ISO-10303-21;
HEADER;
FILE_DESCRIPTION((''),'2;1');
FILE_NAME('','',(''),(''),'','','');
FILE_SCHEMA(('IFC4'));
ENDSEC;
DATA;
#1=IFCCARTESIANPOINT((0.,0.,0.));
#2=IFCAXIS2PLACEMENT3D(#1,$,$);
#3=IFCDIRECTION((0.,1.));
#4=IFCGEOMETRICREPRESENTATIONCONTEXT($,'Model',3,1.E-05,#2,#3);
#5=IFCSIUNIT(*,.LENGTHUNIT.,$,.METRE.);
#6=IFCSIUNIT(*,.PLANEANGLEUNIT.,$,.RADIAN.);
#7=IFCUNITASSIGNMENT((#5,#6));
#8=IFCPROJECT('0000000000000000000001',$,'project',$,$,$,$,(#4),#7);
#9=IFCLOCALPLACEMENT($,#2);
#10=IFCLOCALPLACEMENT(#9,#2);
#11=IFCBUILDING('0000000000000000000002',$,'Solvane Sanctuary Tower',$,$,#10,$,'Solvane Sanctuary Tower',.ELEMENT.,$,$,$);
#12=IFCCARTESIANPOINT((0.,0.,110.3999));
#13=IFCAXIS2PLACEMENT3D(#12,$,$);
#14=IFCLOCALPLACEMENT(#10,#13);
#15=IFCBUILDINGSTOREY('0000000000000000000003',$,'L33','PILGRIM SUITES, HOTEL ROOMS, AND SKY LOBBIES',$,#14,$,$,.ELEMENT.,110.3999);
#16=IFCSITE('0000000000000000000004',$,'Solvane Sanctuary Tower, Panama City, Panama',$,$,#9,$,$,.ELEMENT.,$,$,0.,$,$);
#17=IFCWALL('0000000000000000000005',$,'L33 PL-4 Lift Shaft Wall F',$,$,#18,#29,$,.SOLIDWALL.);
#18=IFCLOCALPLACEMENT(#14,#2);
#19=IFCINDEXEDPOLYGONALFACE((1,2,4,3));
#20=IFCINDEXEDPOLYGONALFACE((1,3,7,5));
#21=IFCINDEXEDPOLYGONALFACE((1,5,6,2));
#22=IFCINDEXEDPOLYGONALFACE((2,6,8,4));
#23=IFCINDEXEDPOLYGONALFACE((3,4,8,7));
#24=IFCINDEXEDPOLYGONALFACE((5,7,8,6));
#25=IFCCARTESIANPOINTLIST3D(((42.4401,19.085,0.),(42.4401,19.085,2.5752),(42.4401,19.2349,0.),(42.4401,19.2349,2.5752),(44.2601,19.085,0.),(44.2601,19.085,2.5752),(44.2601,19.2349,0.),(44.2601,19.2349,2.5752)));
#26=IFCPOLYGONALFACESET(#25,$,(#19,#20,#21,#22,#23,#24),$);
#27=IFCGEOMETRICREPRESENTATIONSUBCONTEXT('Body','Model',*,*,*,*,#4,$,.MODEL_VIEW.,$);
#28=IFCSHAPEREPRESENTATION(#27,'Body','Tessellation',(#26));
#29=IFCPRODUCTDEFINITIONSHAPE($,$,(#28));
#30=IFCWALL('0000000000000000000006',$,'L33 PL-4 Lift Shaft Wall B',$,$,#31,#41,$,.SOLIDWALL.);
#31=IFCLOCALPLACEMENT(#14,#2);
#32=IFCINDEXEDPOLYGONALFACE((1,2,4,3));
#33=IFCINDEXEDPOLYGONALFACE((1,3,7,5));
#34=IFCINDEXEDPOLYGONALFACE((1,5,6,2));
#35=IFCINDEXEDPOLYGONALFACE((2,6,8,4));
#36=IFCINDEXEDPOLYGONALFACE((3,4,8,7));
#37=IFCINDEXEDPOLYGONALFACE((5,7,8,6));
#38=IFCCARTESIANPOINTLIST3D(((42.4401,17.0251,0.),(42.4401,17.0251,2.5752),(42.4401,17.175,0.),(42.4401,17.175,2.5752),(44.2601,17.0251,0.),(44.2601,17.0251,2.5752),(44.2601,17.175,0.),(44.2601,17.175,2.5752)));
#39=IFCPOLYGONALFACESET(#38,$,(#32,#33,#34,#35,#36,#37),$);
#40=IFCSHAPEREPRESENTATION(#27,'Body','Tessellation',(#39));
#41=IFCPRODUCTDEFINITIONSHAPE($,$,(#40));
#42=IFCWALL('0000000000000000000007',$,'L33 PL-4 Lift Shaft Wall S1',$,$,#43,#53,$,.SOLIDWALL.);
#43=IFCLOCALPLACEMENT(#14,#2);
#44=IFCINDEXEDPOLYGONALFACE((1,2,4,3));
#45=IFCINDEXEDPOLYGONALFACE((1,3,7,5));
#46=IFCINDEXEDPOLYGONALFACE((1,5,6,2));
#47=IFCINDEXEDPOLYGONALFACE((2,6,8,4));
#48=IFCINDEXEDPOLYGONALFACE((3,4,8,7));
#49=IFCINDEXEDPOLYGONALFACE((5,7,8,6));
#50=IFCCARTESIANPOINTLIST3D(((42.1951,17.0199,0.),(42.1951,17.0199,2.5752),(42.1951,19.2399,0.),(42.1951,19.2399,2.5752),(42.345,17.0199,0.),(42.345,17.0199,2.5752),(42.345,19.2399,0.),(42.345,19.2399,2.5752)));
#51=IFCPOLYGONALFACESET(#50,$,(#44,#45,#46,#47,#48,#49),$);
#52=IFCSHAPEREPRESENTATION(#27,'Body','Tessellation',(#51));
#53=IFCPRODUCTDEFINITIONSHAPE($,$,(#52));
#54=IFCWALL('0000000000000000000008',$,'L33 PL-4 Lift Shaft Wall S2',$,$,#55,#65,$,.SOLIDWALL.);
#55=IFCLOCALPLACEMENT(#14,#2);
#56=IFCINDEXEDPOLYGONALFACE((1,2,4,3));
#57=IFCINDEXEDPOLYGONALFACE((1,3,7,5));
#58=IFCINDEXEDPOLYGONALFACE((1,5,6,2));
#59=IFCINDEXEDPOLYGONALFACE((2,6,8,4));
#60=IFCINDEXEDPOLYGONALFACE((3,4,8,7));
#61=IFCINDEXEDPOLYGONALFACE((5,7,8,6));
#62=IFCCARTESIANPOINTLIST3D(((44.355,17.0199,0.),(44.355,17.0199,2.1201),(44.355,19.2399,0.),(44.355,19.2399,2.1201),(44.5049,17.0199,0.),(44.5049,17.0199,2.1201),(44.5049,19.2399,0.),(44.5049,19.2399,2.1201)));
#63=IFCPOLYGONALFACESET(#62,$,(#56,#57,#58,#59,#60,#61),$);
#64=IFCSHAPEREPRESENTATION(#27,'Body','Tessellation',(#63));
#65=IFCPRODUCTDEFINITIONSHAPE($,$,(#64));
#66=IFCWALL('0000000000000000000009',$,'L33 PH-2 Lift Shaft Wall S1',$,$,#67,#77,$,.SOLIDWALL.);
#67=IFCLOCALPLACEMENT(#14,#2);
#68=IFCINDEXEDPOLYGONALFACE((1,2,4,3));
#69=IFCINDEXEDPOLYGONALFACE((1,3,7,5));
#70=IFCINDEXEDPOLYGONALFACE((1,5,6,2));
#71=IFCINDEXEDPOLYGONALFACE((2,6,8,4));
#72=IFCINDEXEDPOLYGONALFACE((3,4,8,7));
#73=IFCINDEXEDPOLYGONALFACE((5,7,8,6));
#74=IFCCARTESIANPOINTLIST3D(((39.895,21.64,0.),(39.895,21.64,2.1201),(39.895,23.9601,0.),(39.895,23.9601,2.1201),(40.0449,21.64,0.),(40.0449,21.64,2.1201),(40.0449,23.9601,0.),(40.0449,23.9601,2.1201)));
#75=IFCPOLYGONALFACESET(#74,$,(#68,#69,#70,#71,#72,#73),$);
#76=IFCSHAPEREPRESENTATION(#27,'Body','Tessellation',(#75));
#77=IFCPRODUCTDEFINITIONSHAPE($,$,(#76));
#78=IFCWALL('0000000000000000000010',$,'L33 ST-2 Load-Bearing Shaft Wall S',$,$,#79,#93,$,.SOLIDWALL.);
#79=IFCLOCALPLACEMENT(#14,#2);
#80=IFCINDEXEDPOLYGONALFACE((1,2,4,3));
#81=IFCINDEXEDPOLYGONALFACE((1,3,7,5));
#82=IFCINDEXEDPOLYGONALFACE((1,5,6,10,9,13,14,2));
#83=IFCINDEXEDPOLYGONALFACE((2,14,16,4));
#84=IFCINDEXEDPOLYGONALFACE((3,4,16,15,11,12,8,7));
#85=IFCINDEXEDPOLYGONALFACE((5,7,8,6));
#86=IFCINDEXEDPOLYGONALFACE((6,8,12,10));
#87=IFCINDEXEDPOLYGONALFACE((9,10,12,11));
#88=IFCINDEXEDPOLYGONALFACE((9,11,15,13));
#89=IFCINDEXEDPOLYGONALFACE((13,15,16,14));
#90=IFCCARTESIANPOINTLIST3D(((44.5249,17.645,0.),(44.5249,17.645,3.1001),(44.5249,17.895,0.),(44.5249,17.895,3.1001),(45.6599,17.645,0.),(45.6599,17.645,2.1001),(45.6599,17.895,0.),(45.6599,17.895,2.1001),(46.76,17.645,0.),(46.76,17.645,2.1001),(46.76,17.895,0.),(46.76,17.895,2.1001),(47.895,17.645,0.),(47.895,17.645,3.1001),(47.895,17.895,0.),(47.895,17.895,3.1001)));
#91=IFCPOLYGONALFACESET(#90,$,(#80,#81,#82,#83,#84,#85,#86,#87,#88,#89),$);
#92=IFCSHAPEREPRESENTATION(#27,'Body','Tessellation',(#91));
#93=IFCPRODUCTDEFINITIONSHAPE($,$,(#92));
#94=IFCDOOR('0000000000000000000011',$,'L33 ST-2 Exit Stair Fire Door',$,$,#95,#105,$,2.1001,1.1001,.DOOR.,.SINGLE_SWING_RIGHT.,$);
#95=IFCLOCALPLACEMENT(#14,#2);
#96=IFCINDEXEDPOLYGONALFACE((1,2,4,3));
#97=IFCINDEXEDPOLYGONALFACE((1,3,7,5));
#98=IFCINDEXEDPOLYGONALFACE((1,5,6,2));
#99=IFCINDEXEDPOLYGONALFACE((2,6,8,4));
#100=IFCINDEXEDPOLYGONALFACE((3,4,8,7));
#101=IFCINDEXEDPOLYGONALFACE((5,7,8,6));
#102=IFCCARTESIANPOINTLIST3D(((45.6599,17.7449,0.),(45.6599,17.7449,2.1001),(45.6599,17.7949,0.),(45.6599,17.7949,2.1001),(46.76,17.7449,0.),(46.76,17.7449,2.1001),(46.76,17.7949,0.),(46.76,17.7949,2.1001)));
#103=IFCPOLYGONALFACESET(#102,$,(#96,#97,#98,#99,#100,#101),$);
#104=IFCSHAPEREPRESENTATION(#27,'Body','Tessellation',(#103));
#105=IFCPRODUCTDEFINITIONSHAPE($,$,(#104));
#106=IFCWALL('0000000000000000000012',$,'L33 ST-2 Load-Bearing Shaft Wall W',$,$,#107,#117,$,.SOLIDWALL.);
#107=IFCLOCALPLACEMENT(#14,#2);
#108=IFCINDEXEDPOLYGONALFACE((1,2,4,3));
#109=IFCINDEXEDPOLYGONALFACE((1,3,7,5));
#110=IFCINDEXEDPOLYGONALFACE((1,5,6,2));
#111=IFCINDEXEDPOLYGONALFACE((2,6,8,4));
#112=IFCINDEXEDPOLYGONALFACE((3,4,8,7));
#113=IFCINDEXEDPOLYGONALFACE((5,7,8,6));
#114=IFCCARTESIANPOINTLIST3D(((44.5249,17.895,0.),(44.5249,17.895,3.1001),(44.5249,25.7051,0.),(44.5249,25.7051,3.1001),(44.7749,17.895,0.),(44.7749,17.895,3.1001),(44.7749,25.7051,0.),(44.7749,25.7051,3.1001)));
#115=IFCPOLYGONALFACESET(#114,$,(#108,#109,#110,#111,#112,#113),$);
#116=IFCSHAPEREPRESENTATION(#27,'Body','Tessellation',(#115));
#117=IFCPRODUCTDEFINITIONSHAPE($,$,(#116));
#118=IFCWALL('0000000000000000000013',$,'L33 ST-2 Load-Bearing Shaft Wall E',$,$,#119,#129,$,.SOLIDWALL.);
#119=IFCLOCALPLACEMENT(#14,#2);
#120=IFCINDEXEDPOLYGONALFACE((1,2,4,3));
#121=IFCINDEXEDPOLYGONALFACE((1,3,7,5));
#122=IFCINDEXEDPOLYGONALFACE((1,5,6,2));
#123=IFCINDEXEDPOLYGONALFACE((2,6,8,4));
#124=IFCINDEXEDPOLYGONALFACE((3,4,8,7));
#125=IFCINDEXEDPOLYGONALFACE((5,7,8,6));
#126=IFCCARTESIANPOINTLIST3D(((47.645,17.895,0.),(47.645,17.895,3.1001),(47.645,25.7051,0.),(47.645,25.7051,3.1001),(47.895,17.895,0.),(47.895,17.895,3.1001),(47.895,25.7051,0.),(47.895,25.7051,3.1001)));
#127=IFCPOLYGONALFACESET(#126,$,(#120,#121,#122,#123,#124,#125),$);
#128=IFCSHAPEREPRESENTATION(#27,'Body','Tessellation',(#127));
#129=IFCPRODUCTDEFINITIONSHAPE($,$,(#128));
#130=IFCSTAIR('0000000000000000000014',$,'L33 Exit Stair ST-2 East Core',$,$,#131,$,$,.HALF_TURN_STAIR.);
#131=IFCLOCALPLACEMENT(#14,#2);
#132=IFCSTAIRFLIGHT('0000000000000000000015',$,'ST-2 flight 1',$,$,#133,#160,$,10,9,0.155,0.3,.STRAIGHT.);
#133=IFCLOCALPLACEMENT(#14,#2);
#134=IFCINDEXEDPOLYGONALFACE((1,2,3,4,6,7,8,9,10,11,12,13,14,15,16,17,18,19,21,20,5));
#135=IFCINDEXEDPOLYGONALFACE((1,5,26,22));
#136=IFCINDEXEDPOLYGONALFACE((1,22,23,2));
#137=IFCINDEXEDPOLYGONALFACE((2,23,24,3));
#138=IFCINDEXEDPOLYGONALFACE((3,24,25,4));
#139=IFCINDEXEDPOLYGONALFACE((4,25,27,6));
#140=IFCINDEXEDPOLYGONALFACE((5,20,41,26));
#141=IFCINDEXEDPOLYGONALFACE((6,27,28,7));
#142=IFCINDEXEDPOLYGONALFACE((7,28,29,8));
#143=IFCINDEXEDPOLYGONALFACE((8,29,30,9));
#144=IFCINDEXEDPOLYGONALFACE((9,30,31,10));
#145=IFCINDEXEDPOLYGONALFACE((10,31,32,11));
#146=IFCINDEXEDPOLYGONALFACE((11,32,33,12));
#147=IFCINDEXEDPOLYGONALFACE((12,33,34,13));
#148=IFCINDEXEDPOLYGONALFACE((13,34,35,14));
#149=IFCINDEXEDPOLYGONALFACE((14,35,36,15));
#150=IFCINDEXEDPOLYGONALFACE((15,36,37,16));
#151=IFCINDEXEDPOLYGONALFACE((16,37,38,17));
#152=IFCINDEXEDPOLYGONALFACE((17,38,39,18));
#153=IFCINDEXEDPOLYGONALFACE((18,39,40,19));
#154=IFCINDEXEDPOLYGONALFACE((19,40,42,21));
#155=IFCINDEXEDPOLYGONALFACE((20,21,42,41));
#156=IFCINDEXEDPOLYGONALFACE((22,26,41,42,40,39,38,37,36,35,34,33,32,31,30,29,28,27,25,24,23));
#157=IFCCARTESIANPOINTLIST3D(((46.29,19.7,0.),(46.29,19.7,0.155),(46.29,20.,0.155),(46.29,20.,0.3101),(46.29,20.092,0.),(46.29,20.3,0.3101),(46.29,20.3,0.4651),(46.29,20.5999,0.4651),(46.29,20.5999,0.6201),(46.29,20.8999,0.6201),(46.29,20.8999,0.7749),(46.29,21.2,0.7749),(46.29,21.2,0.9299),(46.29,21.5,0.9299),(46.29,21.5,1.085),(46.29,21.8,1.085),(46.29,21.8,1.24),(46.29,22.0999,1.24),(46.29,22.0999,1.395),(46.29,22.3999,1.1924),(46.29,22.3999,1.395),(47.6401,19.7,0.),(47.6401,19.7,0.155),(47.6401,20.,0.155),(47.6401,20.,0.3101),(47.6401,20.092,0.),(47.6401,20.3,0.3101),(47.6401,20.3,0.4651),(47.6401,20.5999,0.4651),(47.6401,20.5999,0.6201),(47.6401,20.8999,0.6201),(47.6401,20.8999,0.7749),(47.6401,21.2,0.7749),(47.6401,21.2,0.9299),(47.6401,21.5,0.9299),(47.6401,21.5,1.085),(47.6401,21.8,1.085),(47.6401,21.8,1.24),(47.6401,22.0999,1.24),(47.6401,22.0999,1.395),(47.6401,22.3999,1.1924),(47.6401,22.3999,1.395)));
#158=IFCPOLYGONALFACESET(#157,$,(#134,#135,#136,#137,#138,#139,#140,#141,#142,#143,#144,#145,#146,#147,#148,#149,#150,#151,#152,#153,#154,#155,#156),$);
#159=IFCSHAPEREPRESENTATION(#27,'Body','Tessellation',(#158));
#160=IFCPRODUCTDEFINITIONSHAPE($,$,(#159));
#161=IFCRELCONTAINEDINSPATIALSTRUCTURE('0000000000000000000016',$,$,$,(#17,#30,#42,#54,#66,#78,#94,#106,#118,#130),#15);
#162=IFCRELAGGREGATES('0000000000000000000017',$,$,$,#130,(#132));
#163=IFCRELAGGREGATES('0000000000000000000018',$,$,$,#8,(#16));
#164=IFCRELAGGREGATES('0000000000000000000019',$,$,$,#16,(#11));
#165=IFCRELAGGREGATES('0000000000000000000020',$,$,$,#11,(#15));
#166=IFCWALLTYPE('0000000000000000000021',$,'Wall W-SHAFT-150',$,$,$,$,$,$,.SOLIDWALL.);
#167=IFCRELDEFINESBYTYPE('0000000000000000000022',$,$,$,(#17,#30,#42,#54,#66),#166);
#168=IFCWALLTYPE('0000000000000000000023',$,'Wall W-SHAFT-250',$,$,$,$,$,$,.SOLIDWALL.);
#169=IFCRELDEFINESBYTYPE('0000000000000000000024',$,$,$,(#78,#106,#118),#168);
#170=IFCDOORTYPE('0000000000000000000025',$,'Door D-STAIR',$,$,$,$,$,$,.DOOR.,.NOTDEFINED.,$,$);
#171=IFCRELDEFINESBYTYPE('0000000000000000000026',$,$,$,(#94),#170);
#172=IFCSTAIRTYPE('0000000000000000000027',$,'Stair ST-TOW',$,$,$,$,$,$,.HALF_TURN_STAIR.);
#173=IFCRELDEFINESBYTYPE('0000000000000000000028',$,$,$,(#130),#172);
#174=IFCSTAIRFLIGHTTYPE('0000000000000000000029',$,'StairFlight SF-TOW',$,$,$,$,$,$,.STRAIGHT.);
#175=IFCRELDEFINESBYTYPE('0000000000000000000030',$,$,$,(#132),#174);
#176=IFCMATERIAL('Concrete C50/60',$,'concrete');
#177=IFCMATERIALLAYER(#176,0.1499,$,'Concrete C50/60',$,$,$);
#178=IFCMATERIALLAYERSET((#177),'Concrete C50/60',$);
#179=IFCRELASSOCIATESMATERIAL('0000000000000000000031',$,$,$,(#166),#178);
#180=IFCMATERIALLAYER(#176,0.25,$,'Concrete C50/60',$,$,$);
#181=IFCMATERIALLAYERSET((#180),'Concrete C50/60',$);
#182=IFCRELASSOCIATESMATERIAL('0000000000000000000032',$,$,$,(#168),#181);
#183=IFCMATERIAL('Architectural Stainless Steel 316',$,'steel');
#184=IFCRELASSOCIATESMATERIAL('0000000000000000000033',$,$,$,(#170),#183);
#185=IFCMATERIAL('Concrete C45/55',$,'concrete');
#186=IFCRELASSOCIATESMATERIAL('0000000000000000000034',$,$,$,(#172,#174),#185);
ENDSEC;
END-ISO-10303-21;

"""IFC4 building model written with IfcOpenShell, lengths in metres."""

from ifc_helpers import new_model, si_unit, direction, frame, frame_2d, origin, place, context, subcontext, project, spatial, polyline, rectangle, outline, extrude, material, layer, layer_set, type_object, element, fill, aggregate, save


model = new_model("IFC4")

# Units and contexts
model_context = context("Model", 3, precision=1e-05, world=origin(), true_north=direction((0.0, 1.0)))
body_context = subcontext(model_context, "Body", "Model", "MODEL_VIEW")
ifc_project = project(units=[si_unit("LENGTHUNIT", "METRE"), si_unit("PLANEANGLEUNIT", "RADIAN")], contexts=[model_context])

# Site, building, storey
site_placement = place(None, origin())
site = spatial("IfcSite", under=ifc_project, at=site_placement, Name="Solvane Sanctuary Tower, Panama City, Panama", CompositionType="ELEMENT", RefElevation=0.0)
building_placement = place(site_placement, origin())
building = spatial("IfcBuilding", under=site, at=building_placement, Name="Solvane Sanctuary Tower", LongName="Solvane Sanctuary Tower", CompositionType="ELEMENT")
storey_placement = place(building_placement, frame((0.0, 0.0, 110.3999)))
storey = spatial("IfcBuildingStorey", under=building, at=storey_placement, Name="L33", Description="PILGRIM SUITES, HOTEL ROOMS, AND SKY LOBBIES", CompositionType="ELEMENT", Elevation=110.3999)

# Walls
ifc_material_1 = material(Name="Concrete C50/60", Category="concrete")
ifc_layer_1 = layer(ifc_material_1, 0.1499, Name="Concrete C50/60")
ifc_layer_set_1 = layer_set([ifc_layer_1], Name="Concrete C50/60")
wall_type_1 = type_object("IfcWallType", Name="Wall W-SHAFT-150", PredefinedType="SOLIDWALL", material=ifc_layer_set_1)
for number, where, z_axis, x_axis, name in (
    (1, (42.4399, 19.1599, 0.0), (0.0, 0.0, 1.0), (1.0, 0.0, 0.0), "L33 PL-4 Lift Shaft Wall F"),
    (2, (42.4399, 17.1001, 0.0), (0.0, 0.0, 1.0), (1.0, 0.0, 0.0), "L33 PL-4 Lift Shaft Wall B"),
):
    element("IfcWall", number, at=place(storey_placement, frame(where, z_axis=z_axis, x_axis=x_axis)), inside=storey, type_object=wall_type_1, Name=name, PredefinedType="SOLIDWALL", context=body_context, shape_type="SweptSolid", body=[
        extrude(rectangle(XDim=1.8201, YDim=0.1499, at=frame_2d((0.9102, 0.0))), origin(), (0.0, 0.0, 1.0), 2.5752),
    ])
wall_1_placement = place(storey_placement, frame((42.27, 17.02, 0.0), z_axis=(0.0, 0.0, 1.0), x_axis=(0.0, 1.0, 0.0)))
element("IfcWall", 3, at=wall_1_placement, inside=storey, type_object=wall_type_1, Name="L33 PL-4 Lift Shaft Wall S1", PredefinedType="SOLIDWALL", context=body_context, shape_type="SweptSolid", body=[
    extrude(rectangle(XDim=2.22, YDim=0.1499, at=frame_2d((1.1099, 0.0))), origin(), (0.0, 0.0, 1.0), 2.5752),
])
wall_2_placement = place(storey_placement, frame((44.4299, 17.02, 0.0), z_axis=(0.0, 0.0, 1.0), x_axis=(0.0, 1.0, 0.0)))
element("IfcWall", 4, at=wall_2_placement, inside=storey, type_object=wall_type_1, Name="L33 PL-4 Lift Shaft Wall S2", PredefinedType="SOLIDWALL", context=body_context, shape_type="SweptSolid", body=[
    extrude(rectangle(XDim=2.22, YDim=0.1499, at=frame_2d((1.1099, 0.0))), origin(), (0.0, 0.0, 1.0), 2.1201),
])
wall_3_placement = place(storey_placement, frame((39.97, 21.6399, 0.0), z_axis=(0.0, 0.0, 1.0), x_axis=(0.0, 1.0, 0.0)))
element("IfcWall", 5, at=wall_3_placement, inside=storey, type_object=wall_type_1, Name="L33 PH-2 Lift Shaft Wall S1", PredefinedType="SOLIDWALL", context=body_context, shape_type="SweptSolid", body=[
    extrude(rectangle(XDim=2.3201, YDim=0.1499, at=frame_2d((1.1602, 0.0))), origin(), (0.0, 0.0, 1.0), 2.1201),
])

# Wall, opening, door
ifc_layer_2 = layer(ifc_material_1, 0.25, Name="Concrete C50/60")
ifc_layer_set_2 = layer_set([ifc_layer_2], Name="Concrete C50/60")
wall_type_2 = type_object("IfcWallType", Name="Wall W-SHAFT-250", PredefinedType="SOLIDWALL", material=ifc_layer_set_2)
wall_4_placement = place(storey_placement, frame((44.5249, 17.77, 0.0), z_axis=(0.0, 0.0, 1.0), x_axis=(1.0, 0.0, 0.0)))
wall_4 = element("IfcWall", 6, at=wall_4_placement, inside=storey, type_object=wall_type_2, Name="L33 ST-2 Load-Bearing Shaft Wall S", PredefinedType="SOLIDWALL", context=body_context, shape_type="SweptSolid", body=[
    extrude(rectangle(XDim=3.3701, YDim=0.25, at=frame_2d((1.6851, 0.0))), origin(), (0.0, 0.0, 1.0), 3.1001),
])
opening_1_placement = place(wall_4_placement, frame((1.135, 0.0, 0.0)))
opening_1 = element("IfcOpeningElement", 7, at=opening_1_placement, cuts=wall_4, PredefinedType="OPENING", context=body_context, shape_type="SweptSolid", body=[
    extrude(rectangle(XDim=1.1001, YDim=2.1001, at=frame_2d((0.55, 1.05))), frame((0.0, 0.135, 0.0), z_axis=(0.0, -1.0, 0.0), x_axis=(1.0, 0.0, 0.0)), (0.0, 0.0, 1.0), 0.27),
])
ifc_material_2 = material(Name="Architectural Stainless Steel 316", Category="steel")
door_type_1 = type_object("IfcDoorType", Name="Door D-STAIR", OperationType="NOTDEFINED", PredefinedType="DOOR", material=ifc_material_2)
door_1_placement = place(opening_1_placement, origin())
door_1 = element("IfcDoor", 8, at=door_1_placement, inside=storey, type_object=door_type_1, Name="L33 ST-2 Exit Stair Fire Door", OperationType="SINGLE_SWING_RIGHT", OverallHeight=2.1001, OverallWidth=1.1001, PredefinedType="DOOR", context=body_context, shape_type="SweptSolid", body=[
    extrude(rectangle(XDim=1.1001, YDim=2.1001, at=frame_2d((0.55, 1.05))), frame((0.0, 0.0249, 0.0), z_axis=(0.0, -1.0, 0.0), x_axis=(1.0, 0.0, 0.0)), (0.0, 0.0, 1.0), 0.05),
])
fill(opening_1, door_1)

# Walls
for number, where, z_axis, x_axis, name in (
    (9, (44.6499, 17.895, 0.0), (0.0, 0.0, 1.0), (0.0, 1.0, 0.0), "L33 ST-2 Load-Bearing Shaft Wall W"),
    (10, (47.77, 17.895, 0.0), (0.0, 0.0, 1.0), (0.0, 1.0, 0.0), "L33 ST-2 Load-Bearing Shaft Wall E"),
):
    element("IfcWall", number, at=place(storey_placement, frame(where, z_axis=z_axis, x_axis=x_axis)), inside=storey, type_object=wall_type_2, Name=name, PredefinedType="SOLIDWALL", context=body_context, shape_type="SweptSolid", body=[
        extrude(rectangle(XDim=7.8101, YDim=0.25, at=frame_2d((3.905, 0.0))), origin(), (0.0, 0.0, 1.0), 3.1001),
    ])

# Stair, stair flight
ifc_material_3 = material(Name="Concrete C45/55", Category="concrete")
stair_type = type_object("IfcStairType", Name="Stair ST-TOW", PredefinedType="HALF_TURN_STAIR", material=ifc_material_3)
stair_placement = place(storey_placement, origin())
stair = element("IfcStair", 11, at=stair_placement, inside=storey, type_object=stair_type, Name="L33 Exit Stair ST-2 East Core", PredefinedType="HALF_TURN_STAIR")
stair_flight_type = type_object("IfcStairFlightType", Name="StairFlight SF-TOW", PredefinedType="STRAIGHT", material=ifc_material_3)
stair_flight_placement = place(storey_placement, frame((46.9651, 19.7, 0.0), z_axis=(0.0, 0.0, 1.0), x_axis=(0.0, 1.0, 0.0)))
stair_flight = element("IfcStairFlight", 12, at=stair_flight_placement, type_object=stair_flight_type, Name="ST-2 flight 1", NumberOfRisers=10, NumberOfTreads=9, PredefinedType="STRAIGHT", RiserHeight=0.155, TreadLength=0.3, context=body_context, shape_type="SweptSolid", body=[
    extrude(outline(polyline([(0.0, 0.0), (0.0, 0.155), (0.3, 0.155), (0.3, 0.3101), (0.6001, 0.3101), (0.6001, 0.4651), (0.8999, 0.4651), (0.8999, 0.6201), (1.2, 0.6201), (1.2, 0.7749), (1.5, 0.7749), (1.5, 0.9299), (1.8, 0.9299), (1.8, 1.085), (2.1001, 1.085), (2.1001, 1.24), (2.3999, 1.24), (2.3999, 1.395), (2.7, 1.395), (2.7, 1.55), (2.7, 1.1924), (0.3921, 0.0), (0.0, 0.0)])), frame((0.0, 0.675, 0.0), z_axis=(0.0, -1.0, 0.0), x_axis=(1.0, 0.0, 0.0)), (0.0, 0.0, 1.0), 1.3501),
])
aggregate(stair, [stair_flight])

save(model, "model.ifc")
